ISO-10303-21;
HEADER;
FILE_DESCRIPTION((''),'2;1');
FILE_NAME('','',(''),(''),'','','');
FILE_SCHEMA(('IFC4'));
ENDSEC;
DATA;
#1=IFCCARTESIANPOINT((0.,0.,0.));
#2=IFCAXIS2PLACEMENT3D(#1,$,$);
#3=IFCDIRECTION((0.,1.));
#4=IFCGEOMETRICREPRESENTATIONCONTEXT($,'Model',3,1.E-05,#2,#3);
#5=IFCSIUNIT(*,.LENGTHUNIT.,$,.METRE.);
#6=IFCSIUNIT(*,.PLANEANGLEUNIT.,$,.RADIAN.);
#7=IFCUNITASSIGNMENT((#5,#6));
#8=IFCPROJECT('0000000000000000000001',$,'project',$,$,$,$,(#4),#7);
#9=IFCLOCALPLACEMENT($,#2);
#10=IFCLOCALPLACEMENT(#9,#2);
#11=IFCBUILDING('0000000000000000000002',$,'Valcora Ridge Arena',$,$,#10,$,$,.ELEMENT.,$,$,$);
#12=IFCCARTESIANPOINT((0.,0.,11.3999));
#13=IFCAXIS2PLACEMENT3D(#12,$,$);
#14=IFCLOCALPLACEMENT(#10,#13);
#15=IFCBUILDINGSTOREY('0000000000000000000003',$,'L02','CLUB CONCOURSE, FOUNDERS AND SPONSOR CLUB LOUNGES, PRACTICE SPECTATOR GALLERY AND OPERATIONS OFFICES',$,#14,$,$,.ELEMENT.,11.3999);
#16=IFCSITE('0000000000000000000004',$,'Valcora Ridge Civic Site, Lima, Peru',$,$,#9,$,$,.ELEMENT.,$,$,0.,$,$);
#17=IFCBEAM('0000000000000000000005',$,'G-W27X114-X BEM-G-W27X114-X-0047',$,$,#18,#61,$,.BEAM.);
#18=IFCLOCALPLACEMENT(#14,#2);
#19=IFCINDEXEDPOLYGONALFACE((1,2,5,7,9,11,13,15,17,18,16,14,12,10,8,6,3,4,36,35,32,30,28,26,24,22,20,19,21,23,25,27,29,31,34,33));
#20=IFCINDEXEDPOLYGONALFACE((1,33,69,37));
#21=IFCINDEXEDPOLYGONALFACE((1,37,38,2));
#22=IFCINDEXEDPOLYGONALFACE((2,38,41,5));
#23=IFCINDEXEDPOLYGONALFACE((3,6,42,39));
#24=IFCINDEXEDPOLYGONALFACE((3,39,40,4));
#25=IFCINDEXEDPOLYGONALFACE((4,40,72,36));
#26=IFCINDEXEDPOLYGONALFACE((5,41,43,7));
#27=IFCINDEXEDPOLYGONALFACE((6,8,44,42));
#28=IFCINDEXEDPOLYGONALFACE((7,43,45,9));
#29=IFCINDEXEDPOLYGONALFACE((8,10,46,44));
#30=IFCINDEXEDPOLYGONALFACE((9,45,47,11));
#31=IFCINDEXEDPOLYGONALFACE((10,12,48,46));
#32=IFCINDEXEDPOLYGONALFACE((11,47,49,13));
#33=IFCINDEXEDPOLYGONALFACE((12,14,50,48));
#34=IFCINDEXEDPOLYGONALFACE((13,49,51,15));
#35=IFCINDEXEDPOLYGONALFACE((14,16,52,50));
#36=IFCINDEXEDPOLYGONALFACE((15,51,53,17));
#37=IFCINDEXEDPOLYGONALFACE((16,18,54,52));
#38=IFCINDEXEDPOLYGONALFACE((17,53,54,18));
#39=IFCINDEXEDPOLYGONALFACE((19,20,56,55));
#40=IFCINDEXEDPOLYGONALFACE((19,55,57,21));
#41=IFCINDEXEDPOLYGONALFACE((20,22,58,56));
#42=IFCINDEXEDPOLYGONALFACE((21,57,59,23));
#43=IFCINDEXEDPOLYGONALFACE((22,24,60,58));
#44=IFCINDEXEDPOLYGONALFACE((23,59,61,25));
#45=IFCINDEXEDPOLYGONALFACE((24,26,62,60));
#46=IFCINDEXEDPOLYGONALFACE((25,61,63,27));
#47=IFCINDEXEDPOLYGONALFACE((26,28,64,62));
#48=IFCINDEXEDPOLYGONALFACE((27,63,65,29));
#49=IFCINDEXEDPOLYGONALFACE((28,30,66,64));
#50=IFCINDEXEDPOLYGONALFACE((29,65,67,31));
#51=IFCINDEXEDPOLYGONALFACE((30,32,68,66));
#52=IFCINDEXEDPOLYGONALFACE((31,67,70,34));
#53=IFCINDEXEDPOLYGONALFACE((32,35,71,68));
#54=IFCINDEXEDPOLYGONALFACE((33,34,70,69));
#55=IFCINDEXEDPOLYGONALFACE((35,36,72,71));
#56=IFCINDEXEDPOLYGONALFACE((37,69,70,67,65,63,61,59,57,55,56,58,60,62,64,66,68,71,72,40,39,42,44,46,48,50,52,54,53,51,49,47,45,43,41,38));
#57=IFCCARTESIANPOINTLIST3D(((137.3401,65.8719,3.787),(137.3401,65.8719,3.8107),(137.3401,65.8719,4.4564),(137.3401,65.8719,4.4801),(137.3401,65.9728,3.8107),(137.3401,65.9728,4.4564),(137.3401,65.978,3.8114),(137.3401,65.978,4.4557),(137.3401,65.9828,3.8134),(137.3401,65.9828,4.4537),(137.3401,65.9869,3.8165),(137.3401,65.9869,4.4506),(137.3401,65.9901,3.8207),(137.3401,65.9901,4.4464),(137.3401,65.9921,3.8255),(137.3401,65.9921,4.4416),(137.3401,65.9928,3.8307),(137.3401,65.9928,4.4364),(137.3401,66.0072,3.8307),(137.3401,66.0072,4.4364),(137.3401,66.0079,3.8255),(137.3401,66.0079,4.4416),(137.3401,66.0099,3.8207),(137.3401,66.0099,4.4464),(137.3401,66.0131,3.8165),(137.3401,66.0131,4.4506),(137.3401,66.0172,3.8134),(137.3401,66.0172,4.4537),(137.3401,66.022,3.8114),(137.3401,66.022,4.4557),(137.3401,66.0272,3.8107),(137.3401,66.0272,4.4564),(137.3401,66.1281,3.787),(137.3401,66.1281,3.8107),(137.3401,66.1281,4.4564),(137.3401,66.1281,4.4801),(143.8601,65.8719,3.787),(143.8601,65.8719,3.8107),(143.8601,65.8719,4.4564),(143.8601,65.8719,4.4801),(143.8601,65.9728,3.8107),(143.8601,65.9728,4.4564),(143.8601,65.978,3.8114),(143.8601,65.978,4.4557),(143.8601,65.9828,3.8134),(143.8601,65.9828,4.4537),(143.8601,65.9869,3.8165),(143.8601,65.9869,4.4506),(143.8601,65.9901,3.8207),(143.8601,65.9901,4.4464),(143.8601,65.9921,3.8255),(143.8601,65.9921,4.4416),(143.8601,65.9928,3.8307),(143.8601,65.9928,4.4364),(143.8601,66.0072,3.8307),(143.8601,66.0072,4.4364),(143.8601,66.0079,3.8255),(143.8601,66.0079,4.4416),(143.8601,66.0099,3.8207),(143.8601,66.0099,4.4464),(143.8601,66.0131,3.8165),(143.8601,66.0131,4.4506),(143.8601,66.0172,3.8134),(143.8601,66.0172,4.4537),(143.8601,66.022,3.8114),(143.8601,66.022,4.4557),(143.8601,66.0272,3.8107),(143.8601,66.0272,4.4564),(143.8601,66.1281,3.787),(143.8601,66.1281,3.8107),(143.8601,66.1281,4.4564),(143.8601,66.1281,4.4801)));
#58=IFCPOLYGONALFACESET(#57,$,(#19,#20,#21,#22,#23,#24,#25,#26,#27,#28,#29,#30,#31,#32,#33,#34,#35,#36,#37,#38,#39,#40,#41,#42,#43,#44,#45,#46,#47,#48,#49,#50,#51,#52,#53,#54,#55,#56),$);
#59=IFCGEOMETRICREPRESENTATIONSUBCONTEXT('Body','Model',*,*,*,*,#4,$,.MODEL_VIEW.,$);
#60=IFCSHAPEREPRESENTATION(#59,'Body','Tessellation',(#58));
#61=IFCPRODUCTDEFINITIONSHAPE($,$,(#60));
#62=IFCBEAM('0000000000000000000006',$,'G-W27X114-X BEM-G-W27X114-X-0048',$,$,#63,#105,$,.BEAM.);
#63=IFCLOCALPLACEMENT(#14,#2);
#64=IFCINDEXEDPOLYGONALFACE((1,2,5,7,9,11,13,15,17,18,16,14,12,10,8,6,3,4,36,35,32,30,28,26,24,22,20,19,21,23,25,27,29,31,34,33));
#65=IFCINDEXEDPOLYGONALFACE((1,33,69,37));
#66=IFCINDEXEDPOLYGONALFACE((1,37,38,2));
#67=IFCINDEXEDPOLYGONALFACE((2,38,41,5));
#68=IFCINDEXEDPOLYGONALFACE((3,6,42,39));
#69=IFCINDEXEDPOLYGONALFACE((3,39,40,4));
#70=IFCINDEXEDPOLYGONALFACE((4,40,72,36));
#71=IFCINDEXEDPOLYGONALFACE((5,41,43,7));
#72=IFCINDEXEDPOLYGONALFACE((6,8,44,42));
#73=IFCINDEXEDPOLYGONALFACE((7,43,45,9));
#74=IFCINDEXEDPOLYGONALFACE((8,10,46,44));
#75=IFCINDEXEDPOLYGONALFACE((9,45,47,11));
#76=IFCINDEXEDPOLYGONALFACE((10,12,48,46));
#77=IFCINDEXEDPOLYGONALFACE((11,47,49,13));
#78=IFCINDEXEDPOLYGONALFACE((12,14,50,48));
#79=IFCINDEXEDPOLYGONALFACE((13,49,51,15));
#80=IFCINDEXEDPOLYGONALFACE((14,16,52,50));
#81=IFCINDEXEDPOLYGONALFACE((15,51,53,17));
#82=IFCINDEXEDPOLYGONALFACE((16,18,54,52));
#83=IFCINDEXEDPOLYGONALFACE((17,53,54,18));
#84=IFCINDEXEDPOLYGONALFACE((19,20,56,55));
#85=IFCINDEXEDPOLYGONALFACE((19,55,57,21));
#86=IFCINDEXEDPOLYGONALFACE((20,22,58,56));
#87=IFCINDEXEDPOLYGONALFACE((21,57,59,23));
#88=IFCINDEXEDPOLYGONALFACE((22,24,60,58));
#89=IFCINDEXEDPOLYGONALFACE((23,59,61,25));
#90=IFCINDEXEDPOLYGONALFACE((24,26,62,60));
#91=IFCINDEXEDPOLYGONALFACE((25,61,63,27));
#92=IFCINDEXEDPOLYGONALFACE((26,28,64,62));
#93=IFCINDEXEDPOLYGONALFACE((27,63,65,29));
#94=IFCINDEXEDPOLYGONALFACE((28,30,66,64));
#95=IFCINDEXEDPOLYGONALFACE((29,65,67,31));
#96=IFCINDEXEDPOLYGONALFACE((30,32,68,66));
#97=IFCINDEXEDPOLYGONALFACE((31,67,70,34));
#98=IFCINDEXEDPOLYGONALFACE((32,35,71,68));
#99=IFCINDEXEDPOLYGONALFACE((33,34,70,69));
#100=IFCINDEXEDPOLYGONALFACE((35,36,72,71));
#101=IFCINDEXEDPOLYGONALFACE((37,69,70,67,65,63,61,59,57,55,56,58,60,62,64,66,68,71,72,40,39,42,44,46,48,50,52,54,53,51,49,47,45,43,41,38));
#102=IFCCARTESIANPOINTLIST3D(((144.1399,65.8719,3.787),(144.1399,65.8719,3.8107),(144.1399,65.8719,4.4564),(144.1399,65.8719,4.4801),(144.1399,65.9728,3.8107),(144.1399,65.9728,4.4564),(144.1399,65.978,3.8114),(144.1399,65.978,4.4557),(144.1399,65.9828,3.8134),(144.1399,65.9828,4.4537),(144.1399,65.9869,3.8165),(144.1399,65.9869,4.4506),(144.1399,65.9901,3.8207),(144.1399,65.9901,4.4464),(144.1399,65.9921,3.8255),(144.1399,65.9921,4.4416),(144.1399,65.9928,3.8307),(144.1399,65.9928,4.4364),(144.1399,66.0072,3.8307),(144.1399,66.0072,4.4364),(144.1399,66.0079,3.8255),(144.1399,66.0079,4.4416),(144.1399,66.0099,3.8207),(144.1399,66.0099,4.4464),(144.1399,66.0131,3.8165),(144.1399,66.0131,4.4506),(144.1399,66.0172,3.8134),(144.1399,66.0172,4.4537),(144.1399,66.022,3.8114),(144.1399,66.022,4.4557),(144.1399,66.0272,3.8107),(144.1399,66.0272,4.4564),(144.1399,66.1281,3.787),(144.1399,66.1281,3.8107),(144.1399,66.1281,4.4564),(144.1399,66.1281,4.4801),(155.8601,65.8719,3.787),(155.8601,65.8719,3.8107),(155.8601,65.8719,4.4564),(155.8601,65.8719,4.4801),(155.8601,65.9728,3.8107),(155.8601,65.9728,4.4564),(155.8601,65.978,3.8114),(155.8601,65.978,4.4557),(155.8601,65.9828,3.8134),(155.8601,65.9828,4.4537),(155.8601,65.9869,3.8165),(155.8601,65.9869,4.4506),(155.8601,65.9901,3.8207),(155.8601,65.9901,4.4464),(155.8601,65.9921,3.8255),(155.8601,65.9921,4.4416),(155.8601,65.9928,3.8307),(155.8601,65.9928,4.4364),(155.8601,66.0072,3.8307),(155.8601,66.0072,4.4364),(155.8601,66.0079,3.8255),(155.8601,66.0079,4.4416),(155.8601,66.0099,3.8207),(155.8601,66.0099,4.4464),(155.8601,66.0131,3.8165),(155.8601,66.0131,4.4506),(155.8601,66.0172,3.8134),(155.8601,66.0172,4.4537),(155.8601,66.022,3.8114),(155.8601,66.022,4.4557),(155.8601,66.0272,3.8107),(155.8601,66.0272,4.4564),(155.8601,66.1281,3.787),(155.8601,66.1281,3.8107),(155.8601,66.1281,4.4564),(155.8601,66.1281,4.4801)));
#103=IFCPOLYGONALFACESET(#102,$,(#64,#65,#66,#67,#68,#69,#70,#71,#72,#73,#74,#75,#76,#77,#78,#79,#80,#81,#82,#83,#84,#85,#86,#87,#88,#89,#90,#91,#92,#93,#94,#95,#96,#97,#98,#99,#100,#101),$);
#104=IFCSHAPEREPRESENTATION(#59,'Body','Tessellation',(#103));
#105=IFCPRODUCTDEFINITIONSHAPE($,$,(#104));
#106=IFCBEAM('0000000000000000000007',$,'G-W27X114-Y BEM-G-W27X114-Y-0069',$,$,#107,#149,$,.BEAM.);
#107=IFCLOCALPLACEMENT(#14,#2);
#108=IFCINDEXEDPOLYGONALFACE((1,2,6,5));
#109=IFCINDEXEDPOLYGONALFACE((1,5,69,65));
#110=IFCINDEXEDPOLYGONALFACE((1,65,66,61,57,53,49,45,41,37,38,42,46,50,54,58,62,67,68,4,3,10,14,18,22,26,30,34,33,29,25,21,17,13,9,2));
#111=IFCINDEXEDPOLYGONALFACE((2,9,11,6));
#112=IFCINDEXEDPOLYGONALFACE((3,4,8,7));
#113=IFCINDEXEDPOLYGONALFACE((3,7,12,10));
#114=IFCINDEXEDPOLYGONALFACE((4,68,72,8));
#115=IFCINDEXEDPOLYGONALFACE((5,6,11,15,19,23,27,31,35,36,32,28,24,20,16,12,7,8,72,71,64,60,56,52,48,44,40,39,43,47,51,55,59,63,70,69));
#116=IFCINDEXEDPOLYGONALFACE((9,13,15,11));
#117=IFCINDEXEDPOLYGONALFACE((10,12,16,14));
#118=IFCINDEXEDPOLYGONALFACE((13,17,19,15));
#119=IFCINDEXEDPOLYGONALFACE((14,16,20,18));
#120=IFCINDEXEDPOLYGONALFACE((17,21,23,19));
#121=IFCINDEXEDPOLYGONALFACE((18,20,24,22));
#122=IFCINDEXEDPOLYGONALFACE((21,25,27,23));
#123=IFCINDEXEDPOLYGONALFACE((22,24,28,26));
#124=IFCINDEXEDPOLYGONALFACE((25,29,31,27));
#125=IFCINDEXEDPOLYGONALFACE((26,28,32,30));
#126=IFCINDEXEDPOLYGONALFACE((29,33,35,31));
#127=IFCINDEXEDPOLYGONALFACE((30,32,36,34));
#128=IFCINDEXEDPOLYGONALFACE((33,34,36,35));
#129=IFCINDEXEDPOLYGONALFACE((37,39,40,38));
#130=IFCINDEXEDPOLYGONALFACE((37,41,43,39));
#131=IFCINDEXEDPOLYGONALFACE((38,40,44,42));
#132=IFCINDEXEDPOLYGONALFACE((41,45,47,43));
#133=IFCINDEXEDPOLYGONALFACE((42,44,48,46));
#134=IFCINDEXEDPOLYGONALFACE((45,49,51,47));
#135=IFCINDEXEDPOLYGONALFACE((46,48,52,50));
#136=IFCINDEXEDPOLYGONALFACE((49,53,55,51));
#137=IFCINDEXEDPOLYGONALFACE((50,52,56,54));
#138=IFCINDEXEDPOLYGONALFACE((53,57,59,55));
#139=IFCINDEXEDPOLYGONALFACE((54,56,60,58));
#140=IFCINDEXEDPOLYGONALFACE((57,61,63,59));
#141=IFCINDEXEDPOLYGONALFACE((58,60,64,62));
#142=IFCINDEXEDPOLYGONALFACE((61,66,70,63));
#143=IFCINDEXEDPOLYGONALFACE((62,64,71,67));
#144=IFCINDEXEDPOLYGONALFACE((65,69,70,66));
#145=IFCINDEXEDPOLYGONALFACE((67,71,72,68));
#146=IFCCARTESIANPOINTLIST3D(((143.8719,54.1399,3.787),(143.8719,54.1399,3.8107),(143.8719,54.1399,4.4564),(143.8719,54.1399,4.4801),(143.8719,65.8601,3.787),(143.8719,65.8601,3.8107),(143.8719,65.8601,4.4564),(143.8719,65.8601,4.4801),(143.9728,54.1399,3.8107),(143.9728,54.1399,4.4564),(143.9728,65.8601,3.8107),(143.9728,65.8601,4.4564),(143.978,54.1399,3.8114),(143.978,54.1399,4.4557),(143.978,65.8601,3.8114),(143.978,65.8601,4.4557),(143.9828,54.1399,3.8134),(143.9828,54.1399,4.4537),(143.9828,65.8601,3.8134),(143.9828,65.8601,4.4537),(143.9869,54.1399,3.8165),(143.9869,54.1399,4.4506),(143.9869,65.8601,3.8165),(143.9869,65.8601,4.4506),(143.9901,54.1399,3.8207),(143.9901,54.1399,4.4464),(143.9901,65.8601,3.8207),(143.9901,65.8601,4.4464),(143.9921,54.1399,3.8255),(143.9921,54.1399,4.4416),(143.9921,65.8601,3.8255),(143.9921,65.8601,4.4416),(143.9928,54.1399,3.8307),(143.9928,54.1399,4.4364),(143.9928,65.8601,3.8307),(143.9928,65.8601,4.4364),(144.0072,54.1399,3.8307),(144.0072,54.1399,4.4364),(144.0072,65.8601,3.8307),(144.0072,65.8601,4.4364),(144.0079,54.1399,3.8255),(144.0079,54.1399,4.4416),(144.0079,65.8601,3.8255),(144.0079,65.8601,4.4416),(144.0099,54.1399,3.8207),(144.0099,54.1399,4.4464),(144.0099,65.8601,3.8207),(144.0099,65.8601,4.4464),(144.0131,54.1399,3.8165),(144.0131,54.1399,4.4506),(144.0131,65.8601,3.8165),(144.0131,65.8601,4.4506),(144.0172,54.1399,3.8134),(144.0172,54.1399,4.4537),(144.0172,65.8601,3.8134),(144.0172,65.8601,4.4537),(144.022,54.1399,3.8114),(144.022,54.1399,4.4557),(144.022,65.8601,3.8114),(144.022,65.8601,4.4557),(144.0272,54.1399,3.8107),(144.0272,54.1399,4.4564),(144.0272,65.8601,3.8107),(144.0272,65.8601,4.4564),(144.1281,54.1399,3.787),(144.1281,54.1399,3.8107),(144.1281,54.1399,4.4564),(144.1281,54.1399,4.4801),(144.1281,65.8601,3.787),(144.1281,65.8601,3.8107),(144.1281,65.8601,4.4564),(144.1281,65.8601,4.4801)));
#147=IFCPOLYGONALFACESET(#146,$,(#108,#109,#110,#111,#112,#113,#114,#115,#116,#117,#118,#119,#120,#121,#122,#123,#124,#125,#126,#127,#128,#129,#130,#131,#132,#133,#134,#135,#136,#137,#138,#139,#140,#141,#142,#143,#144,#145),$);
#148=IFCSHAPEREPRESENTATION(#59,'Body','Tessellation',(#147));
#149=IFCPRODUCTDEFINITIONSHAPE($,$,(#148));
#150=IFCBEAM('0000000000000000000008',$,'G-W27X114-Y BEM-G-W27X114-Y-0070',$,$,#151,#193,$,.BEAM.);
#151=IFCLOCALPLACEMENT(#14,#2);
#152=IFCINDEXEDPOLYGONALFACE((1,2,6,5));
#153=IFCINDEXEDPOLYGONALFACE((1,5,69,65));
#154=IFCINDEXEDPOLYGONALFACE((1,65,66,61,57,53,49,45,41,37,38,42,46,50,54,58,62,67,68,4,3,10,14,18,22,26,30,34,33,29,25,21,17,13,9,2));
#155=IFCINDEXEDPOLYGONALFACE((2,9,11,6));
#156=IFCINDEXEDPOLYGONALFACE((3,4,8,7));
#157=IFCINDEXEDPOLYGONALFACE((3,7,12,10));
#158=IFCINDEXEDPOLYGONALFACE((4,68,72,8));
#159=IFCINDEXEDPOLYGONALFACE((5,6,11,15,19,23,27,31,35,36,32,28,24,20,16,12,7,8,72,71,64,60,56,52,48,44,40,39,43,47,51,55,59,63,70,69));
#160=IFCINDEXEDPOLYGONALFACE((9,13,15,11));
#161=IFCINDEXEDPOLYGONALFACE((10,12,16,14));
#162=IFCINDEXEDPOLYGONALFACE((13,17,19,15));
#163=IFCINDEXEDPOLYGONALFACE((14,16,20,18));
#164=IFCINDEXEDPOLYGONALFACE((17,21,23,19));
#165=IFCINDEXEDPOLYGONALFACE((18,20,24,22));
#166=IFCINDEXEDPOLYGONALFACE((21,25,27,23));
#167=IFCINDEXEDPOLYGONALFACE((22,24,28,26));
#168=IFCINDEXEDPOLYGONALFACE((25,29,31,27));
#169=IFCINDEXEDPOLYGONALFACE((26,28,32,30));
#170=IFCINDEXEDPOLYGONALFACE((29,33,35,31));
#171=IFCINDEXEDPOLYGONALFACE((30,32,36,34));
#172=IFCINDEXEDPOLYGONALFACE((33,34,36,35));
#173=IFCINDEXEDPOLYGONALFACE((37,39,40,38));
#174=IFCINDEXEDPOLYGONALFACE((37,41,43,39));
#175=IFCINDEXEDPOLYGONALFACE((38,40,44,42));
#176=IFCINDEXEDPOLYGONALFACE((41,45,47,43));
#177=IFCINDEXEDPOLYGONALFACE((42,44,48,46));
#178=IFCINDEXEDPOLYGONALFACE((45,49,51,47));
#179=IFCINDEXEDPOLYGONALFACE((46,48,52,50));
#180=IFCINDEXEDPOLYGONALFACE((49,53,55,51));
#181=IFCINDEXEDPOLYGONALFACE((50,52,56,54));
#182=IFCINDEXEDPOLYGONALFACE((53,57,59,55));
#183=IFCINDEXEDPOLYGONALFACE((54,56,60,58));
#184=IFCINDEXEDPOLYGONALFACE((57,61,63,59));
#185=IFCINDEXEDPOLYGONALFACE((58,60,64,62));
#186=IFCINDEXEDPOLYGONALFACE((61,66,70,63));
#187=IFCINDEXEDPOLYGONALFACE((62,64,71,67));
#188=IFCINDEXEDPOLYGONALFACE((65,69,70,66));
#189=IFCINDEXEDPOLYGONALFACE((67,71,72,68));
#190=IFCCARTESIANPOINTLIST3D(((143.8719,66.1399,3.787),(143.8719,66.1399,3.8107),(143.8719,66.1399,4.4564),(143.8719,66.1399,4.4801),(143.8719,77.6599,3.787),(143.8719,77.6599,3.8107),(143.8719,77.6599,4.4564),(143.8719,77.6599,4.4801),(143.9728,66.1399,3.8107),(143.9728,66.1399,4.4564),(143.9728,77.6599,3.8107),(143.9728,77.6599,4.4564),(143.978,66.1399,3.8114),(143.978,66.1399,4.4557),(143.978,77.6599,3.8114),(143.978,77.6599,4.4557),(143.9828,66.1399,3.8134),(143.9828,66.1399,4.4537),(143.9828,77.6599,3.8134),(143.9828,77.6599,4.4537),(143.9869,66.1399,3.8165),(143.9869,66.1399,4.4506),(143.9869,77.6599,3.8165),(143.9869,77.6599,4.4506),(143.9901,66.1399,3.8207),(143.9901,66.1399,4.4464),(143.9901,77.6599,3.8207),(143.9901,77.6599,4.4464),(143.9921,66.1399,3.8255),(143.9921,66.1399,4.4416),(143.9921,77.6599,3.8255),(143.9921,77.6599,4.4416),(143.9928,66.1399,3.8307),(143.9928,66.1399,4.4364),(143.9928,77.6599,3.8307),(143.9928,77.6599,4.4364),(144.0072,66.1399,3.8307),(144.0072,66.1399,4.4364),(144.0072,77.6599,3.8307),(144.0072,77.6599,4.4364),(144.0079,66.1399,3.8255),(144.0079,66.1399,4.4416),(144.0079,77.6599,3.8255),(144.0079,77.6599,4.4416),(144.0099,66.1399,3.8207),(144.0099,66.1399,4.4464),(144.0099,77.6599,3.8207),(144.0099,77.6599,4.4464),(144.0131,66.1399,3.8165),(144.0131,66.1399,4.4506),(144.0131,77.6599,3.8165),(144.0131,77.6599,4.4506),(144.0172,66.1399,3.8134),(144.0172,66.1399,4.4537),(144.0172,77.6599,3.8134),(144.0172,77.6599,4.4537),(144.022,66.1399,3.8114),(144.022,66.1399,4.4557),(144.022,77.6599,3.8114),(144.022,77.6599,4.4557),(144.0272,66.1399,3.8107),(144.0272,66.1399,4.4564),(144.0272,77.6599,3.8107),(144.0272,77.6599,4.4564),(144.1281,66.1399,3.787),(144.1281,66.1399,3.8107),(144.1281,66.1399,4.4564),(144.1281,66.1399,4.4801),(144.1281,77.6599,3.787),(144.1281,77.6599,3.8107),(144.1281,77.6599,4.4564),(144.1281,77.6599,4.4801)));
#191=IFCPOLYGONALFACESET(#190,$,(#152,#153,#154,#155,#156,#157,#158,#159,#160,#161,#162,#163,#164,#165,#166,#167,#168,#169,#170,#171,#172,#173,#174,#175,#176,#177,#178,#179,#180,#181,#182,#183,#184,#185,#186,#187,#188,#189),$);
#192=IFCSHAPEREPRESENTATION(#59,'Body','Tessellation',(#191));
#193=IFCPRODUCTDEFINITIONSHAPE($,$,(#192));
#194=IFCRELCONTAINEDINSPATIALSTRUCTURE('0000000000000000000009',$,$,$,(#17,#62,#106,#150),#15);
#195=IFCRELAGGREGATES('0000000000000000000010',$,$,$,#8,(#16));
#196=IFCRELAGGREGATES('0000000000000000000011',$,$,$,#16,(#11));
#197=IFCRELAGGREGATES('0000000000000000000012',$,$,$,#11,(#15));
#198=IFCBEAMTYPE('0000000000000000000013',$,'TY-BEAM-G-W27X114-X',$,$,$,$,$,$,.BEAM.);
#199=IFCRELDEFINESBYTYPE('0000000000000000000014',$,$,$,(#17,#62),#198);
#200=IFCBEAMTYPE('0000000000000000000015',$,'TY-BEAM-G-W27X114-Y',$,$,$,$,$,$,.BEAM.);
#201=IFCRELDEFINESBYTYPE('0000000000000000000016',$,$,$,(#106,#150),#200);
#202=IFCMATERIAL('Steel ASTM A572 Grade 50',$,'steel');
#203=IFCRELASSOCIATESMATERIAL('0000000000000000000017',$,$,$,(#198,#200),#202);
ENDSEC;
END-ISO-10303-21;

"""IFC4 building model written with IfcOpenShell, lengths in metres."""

from ifc_helpers import new_model, si_unit, direction, frame, origin, origin_2d, place, context, subcontext, project, spatial, i_section, extrude, material, material_profile, profile_set, type_object, element, save


model = new_model("IFC4")

# Units and contexts
model_context = context("Model", 3, precision=1e-05, world=origin(), true_north=direction((0.0, 1.0)))
body_context = subcontext(model_context, "Body", "Model", "MODEL_VIEW")
ifc_project = project(units=[si_unit("LENGTHUNIT", "METRE"), si_unit("PLANEANGLEUNIT", "RADIAN")], contexts=[model_context])

# Site, building, storey
site_placement = place(None, origin())
site = spatial("IfcSite", under=ifc_project, at=site_placement, Name="Valcora Ridge Civic Site, Lima, Peru", CompositionType="ELEMENT", RefElevation=0.0)
building_placement = place(site_placement, origin())
building = spatial("IfcBuilding", under=site, at=building_placement, Name="Valcora Ridge Arena", CompositionType="ELEMENT")
storey_placement = place(building_placement, frame((0.0, 0.0, 11.3999)))
storey = spatial("IfcBuildingStorey", under=building, at=storey_placement, Name="L02", Description="CLUB CONCOURSE, FOUNDERS AND SPONSOR CLUB LOUNGES, PRACTICE SPECTATOR GALLERY AND OPERATIONS OFFICES", CompositionType="ELEMENT", Elevation=11.3999)

# Shared definitions
ifc_material_1 = material(Name="Steel ASTM A572 Grade 50", Category="steel")

# Beams
ifc_material_profile_1 = material_profile(ifc_material_1, i_section(OverallWidth=0.2561, OverallDepth=0.6931, WebThickness=0.0144, FlangeThickness=0.0237, FilletRadius=0.02, at=origin_2d()), Name="W27X114")
ifc_profile_set_1 = profile_set([ifc_material_profile_1], Name="Steel ASTM A572 Grade 50")
beam_type_1 = type_object("IfcBeamType", Name="TY-BEAM-G-W27X114-X", PredefinedType="BEAM", material=ifc_profile_set_1)
for number, where, z_axis, x_axis, name in (
    (1, (137.3401, 66.0, 4.1335), (1.0, 0.0, 0.0), (0.0, 1.0, 0.0), "G-W27X114-X BEM-G-W27X114-X-0047"),
):
    element("IfcBeam", number, at=place(storey_placement, frame(where, z_axis=z_axis, x_axis=x_axis)), inside=storey, type_object=beam_type_1, Name=name, PredefinedType="BEAM", context=body_context, shape_type="SweptSolid", body=[
        extrude(i_section(OverallWidth=0.2561, OverallDepth=0.6931, WebThickness=0.0144, FlangeThickness=0.0237, FilletRadius=0.02, at=origin_2d()), origin(), (0.0, 0.0, 1.0), 6.52),
    ])
beam_1_placement = place(storey_placement, frame((144.1399, 66.0, 4.1335), z_axis=(1.0, 0.0, 0.0), x_axis=(0.0, 1.0, 0.0)))
element("IfcBeam", 2, at=beam_1_placement, inside=storey, type_object=beam_type_1, Name="G-W27X114-X BEM-G-W27X114-X-0048", PredefinedType="BEAM", context=body_context, shape_type="SweptSolid", body=[
    extrude(i_section(OverallWidth=0.2561, OverallDepth=0.6931, WebThickness=0.0144, FlangeThickness=0.0237, FilletRadius=0.02, at=origin_2d()), origin(), (0.0, 0.0, 1.0), 11.7202),
])
ifc_material_profile_2 = material_profile(ifc_material_1, i_section(OverallWidth=0.2561, OverallDepth=0.6931, WebThickness=0.0144, FlangeThickness=0.0237, FilletRadius=0.02, at=origin_2d()), Name="W27X114")
ifc_profile_set_2 = profile_set([ifc_material_profile_2], Name="Steel ASTM A572 Grade 50")
beam_type_2 = type_object("IfcBeamType", Name="TY-BEAM-G-W27X114-Y", PredefinedType="BEAM", material=ifc_profile_set_2)
beam_2_placement = place(storey_placement, frame((144.0, 54.1399, 4.1335), z_axis=(0.0, 1.0, 0.0), x_axis=(-1.0, 0.0, 0.0)))
element("IfcBeam", 3, at=beam_2_placement, inside=storey, type_object=beam_type_2, Name="G-W27X114-Y BEM-G-W27X114-Y-0069", PredefinedType="BEAM", context=body_context, shape_type="SweptSolid", body=[
    extrude(i_section(OverallWidth=0.2561, OverallDepth=0.6931, WebThickness=0.0144, FlangeThickness=0.0237, FilletRadius=0.02, at=origin_2d()), origin(), (0.0, 0.0, 1.0), 11.7202),
])
for number, where, z_axis, x_axis, name in (
    (4, (144.0, 66.1399, 4.1335), (0.0, 1.0, 0.0), (-1.0, 0.0, 0.0), "G-W27X114-Y BEM-G-W27X114-Y-0070"),
):
    element("IfcBeam", number, at=place(storey_placement, frame(where, z_axis=z_axis, x_axis=x_axis)), inside=storey, type_object=beam_type_2, Name=name, PredefinedType="BEAM", context=body_context, shape_type="SweptSolid", body=[
        extrude(i_section(OverallWidth=0.2561, OverallDepth=0.6931, WebThickness=0.0144, FlangeThickness=0.0237, FilletRadius=0.02, at=origin_2d()), origin(), (0.0, 0.0, 1.0), 11.52),
    ])

save(model, "model.ifc")
